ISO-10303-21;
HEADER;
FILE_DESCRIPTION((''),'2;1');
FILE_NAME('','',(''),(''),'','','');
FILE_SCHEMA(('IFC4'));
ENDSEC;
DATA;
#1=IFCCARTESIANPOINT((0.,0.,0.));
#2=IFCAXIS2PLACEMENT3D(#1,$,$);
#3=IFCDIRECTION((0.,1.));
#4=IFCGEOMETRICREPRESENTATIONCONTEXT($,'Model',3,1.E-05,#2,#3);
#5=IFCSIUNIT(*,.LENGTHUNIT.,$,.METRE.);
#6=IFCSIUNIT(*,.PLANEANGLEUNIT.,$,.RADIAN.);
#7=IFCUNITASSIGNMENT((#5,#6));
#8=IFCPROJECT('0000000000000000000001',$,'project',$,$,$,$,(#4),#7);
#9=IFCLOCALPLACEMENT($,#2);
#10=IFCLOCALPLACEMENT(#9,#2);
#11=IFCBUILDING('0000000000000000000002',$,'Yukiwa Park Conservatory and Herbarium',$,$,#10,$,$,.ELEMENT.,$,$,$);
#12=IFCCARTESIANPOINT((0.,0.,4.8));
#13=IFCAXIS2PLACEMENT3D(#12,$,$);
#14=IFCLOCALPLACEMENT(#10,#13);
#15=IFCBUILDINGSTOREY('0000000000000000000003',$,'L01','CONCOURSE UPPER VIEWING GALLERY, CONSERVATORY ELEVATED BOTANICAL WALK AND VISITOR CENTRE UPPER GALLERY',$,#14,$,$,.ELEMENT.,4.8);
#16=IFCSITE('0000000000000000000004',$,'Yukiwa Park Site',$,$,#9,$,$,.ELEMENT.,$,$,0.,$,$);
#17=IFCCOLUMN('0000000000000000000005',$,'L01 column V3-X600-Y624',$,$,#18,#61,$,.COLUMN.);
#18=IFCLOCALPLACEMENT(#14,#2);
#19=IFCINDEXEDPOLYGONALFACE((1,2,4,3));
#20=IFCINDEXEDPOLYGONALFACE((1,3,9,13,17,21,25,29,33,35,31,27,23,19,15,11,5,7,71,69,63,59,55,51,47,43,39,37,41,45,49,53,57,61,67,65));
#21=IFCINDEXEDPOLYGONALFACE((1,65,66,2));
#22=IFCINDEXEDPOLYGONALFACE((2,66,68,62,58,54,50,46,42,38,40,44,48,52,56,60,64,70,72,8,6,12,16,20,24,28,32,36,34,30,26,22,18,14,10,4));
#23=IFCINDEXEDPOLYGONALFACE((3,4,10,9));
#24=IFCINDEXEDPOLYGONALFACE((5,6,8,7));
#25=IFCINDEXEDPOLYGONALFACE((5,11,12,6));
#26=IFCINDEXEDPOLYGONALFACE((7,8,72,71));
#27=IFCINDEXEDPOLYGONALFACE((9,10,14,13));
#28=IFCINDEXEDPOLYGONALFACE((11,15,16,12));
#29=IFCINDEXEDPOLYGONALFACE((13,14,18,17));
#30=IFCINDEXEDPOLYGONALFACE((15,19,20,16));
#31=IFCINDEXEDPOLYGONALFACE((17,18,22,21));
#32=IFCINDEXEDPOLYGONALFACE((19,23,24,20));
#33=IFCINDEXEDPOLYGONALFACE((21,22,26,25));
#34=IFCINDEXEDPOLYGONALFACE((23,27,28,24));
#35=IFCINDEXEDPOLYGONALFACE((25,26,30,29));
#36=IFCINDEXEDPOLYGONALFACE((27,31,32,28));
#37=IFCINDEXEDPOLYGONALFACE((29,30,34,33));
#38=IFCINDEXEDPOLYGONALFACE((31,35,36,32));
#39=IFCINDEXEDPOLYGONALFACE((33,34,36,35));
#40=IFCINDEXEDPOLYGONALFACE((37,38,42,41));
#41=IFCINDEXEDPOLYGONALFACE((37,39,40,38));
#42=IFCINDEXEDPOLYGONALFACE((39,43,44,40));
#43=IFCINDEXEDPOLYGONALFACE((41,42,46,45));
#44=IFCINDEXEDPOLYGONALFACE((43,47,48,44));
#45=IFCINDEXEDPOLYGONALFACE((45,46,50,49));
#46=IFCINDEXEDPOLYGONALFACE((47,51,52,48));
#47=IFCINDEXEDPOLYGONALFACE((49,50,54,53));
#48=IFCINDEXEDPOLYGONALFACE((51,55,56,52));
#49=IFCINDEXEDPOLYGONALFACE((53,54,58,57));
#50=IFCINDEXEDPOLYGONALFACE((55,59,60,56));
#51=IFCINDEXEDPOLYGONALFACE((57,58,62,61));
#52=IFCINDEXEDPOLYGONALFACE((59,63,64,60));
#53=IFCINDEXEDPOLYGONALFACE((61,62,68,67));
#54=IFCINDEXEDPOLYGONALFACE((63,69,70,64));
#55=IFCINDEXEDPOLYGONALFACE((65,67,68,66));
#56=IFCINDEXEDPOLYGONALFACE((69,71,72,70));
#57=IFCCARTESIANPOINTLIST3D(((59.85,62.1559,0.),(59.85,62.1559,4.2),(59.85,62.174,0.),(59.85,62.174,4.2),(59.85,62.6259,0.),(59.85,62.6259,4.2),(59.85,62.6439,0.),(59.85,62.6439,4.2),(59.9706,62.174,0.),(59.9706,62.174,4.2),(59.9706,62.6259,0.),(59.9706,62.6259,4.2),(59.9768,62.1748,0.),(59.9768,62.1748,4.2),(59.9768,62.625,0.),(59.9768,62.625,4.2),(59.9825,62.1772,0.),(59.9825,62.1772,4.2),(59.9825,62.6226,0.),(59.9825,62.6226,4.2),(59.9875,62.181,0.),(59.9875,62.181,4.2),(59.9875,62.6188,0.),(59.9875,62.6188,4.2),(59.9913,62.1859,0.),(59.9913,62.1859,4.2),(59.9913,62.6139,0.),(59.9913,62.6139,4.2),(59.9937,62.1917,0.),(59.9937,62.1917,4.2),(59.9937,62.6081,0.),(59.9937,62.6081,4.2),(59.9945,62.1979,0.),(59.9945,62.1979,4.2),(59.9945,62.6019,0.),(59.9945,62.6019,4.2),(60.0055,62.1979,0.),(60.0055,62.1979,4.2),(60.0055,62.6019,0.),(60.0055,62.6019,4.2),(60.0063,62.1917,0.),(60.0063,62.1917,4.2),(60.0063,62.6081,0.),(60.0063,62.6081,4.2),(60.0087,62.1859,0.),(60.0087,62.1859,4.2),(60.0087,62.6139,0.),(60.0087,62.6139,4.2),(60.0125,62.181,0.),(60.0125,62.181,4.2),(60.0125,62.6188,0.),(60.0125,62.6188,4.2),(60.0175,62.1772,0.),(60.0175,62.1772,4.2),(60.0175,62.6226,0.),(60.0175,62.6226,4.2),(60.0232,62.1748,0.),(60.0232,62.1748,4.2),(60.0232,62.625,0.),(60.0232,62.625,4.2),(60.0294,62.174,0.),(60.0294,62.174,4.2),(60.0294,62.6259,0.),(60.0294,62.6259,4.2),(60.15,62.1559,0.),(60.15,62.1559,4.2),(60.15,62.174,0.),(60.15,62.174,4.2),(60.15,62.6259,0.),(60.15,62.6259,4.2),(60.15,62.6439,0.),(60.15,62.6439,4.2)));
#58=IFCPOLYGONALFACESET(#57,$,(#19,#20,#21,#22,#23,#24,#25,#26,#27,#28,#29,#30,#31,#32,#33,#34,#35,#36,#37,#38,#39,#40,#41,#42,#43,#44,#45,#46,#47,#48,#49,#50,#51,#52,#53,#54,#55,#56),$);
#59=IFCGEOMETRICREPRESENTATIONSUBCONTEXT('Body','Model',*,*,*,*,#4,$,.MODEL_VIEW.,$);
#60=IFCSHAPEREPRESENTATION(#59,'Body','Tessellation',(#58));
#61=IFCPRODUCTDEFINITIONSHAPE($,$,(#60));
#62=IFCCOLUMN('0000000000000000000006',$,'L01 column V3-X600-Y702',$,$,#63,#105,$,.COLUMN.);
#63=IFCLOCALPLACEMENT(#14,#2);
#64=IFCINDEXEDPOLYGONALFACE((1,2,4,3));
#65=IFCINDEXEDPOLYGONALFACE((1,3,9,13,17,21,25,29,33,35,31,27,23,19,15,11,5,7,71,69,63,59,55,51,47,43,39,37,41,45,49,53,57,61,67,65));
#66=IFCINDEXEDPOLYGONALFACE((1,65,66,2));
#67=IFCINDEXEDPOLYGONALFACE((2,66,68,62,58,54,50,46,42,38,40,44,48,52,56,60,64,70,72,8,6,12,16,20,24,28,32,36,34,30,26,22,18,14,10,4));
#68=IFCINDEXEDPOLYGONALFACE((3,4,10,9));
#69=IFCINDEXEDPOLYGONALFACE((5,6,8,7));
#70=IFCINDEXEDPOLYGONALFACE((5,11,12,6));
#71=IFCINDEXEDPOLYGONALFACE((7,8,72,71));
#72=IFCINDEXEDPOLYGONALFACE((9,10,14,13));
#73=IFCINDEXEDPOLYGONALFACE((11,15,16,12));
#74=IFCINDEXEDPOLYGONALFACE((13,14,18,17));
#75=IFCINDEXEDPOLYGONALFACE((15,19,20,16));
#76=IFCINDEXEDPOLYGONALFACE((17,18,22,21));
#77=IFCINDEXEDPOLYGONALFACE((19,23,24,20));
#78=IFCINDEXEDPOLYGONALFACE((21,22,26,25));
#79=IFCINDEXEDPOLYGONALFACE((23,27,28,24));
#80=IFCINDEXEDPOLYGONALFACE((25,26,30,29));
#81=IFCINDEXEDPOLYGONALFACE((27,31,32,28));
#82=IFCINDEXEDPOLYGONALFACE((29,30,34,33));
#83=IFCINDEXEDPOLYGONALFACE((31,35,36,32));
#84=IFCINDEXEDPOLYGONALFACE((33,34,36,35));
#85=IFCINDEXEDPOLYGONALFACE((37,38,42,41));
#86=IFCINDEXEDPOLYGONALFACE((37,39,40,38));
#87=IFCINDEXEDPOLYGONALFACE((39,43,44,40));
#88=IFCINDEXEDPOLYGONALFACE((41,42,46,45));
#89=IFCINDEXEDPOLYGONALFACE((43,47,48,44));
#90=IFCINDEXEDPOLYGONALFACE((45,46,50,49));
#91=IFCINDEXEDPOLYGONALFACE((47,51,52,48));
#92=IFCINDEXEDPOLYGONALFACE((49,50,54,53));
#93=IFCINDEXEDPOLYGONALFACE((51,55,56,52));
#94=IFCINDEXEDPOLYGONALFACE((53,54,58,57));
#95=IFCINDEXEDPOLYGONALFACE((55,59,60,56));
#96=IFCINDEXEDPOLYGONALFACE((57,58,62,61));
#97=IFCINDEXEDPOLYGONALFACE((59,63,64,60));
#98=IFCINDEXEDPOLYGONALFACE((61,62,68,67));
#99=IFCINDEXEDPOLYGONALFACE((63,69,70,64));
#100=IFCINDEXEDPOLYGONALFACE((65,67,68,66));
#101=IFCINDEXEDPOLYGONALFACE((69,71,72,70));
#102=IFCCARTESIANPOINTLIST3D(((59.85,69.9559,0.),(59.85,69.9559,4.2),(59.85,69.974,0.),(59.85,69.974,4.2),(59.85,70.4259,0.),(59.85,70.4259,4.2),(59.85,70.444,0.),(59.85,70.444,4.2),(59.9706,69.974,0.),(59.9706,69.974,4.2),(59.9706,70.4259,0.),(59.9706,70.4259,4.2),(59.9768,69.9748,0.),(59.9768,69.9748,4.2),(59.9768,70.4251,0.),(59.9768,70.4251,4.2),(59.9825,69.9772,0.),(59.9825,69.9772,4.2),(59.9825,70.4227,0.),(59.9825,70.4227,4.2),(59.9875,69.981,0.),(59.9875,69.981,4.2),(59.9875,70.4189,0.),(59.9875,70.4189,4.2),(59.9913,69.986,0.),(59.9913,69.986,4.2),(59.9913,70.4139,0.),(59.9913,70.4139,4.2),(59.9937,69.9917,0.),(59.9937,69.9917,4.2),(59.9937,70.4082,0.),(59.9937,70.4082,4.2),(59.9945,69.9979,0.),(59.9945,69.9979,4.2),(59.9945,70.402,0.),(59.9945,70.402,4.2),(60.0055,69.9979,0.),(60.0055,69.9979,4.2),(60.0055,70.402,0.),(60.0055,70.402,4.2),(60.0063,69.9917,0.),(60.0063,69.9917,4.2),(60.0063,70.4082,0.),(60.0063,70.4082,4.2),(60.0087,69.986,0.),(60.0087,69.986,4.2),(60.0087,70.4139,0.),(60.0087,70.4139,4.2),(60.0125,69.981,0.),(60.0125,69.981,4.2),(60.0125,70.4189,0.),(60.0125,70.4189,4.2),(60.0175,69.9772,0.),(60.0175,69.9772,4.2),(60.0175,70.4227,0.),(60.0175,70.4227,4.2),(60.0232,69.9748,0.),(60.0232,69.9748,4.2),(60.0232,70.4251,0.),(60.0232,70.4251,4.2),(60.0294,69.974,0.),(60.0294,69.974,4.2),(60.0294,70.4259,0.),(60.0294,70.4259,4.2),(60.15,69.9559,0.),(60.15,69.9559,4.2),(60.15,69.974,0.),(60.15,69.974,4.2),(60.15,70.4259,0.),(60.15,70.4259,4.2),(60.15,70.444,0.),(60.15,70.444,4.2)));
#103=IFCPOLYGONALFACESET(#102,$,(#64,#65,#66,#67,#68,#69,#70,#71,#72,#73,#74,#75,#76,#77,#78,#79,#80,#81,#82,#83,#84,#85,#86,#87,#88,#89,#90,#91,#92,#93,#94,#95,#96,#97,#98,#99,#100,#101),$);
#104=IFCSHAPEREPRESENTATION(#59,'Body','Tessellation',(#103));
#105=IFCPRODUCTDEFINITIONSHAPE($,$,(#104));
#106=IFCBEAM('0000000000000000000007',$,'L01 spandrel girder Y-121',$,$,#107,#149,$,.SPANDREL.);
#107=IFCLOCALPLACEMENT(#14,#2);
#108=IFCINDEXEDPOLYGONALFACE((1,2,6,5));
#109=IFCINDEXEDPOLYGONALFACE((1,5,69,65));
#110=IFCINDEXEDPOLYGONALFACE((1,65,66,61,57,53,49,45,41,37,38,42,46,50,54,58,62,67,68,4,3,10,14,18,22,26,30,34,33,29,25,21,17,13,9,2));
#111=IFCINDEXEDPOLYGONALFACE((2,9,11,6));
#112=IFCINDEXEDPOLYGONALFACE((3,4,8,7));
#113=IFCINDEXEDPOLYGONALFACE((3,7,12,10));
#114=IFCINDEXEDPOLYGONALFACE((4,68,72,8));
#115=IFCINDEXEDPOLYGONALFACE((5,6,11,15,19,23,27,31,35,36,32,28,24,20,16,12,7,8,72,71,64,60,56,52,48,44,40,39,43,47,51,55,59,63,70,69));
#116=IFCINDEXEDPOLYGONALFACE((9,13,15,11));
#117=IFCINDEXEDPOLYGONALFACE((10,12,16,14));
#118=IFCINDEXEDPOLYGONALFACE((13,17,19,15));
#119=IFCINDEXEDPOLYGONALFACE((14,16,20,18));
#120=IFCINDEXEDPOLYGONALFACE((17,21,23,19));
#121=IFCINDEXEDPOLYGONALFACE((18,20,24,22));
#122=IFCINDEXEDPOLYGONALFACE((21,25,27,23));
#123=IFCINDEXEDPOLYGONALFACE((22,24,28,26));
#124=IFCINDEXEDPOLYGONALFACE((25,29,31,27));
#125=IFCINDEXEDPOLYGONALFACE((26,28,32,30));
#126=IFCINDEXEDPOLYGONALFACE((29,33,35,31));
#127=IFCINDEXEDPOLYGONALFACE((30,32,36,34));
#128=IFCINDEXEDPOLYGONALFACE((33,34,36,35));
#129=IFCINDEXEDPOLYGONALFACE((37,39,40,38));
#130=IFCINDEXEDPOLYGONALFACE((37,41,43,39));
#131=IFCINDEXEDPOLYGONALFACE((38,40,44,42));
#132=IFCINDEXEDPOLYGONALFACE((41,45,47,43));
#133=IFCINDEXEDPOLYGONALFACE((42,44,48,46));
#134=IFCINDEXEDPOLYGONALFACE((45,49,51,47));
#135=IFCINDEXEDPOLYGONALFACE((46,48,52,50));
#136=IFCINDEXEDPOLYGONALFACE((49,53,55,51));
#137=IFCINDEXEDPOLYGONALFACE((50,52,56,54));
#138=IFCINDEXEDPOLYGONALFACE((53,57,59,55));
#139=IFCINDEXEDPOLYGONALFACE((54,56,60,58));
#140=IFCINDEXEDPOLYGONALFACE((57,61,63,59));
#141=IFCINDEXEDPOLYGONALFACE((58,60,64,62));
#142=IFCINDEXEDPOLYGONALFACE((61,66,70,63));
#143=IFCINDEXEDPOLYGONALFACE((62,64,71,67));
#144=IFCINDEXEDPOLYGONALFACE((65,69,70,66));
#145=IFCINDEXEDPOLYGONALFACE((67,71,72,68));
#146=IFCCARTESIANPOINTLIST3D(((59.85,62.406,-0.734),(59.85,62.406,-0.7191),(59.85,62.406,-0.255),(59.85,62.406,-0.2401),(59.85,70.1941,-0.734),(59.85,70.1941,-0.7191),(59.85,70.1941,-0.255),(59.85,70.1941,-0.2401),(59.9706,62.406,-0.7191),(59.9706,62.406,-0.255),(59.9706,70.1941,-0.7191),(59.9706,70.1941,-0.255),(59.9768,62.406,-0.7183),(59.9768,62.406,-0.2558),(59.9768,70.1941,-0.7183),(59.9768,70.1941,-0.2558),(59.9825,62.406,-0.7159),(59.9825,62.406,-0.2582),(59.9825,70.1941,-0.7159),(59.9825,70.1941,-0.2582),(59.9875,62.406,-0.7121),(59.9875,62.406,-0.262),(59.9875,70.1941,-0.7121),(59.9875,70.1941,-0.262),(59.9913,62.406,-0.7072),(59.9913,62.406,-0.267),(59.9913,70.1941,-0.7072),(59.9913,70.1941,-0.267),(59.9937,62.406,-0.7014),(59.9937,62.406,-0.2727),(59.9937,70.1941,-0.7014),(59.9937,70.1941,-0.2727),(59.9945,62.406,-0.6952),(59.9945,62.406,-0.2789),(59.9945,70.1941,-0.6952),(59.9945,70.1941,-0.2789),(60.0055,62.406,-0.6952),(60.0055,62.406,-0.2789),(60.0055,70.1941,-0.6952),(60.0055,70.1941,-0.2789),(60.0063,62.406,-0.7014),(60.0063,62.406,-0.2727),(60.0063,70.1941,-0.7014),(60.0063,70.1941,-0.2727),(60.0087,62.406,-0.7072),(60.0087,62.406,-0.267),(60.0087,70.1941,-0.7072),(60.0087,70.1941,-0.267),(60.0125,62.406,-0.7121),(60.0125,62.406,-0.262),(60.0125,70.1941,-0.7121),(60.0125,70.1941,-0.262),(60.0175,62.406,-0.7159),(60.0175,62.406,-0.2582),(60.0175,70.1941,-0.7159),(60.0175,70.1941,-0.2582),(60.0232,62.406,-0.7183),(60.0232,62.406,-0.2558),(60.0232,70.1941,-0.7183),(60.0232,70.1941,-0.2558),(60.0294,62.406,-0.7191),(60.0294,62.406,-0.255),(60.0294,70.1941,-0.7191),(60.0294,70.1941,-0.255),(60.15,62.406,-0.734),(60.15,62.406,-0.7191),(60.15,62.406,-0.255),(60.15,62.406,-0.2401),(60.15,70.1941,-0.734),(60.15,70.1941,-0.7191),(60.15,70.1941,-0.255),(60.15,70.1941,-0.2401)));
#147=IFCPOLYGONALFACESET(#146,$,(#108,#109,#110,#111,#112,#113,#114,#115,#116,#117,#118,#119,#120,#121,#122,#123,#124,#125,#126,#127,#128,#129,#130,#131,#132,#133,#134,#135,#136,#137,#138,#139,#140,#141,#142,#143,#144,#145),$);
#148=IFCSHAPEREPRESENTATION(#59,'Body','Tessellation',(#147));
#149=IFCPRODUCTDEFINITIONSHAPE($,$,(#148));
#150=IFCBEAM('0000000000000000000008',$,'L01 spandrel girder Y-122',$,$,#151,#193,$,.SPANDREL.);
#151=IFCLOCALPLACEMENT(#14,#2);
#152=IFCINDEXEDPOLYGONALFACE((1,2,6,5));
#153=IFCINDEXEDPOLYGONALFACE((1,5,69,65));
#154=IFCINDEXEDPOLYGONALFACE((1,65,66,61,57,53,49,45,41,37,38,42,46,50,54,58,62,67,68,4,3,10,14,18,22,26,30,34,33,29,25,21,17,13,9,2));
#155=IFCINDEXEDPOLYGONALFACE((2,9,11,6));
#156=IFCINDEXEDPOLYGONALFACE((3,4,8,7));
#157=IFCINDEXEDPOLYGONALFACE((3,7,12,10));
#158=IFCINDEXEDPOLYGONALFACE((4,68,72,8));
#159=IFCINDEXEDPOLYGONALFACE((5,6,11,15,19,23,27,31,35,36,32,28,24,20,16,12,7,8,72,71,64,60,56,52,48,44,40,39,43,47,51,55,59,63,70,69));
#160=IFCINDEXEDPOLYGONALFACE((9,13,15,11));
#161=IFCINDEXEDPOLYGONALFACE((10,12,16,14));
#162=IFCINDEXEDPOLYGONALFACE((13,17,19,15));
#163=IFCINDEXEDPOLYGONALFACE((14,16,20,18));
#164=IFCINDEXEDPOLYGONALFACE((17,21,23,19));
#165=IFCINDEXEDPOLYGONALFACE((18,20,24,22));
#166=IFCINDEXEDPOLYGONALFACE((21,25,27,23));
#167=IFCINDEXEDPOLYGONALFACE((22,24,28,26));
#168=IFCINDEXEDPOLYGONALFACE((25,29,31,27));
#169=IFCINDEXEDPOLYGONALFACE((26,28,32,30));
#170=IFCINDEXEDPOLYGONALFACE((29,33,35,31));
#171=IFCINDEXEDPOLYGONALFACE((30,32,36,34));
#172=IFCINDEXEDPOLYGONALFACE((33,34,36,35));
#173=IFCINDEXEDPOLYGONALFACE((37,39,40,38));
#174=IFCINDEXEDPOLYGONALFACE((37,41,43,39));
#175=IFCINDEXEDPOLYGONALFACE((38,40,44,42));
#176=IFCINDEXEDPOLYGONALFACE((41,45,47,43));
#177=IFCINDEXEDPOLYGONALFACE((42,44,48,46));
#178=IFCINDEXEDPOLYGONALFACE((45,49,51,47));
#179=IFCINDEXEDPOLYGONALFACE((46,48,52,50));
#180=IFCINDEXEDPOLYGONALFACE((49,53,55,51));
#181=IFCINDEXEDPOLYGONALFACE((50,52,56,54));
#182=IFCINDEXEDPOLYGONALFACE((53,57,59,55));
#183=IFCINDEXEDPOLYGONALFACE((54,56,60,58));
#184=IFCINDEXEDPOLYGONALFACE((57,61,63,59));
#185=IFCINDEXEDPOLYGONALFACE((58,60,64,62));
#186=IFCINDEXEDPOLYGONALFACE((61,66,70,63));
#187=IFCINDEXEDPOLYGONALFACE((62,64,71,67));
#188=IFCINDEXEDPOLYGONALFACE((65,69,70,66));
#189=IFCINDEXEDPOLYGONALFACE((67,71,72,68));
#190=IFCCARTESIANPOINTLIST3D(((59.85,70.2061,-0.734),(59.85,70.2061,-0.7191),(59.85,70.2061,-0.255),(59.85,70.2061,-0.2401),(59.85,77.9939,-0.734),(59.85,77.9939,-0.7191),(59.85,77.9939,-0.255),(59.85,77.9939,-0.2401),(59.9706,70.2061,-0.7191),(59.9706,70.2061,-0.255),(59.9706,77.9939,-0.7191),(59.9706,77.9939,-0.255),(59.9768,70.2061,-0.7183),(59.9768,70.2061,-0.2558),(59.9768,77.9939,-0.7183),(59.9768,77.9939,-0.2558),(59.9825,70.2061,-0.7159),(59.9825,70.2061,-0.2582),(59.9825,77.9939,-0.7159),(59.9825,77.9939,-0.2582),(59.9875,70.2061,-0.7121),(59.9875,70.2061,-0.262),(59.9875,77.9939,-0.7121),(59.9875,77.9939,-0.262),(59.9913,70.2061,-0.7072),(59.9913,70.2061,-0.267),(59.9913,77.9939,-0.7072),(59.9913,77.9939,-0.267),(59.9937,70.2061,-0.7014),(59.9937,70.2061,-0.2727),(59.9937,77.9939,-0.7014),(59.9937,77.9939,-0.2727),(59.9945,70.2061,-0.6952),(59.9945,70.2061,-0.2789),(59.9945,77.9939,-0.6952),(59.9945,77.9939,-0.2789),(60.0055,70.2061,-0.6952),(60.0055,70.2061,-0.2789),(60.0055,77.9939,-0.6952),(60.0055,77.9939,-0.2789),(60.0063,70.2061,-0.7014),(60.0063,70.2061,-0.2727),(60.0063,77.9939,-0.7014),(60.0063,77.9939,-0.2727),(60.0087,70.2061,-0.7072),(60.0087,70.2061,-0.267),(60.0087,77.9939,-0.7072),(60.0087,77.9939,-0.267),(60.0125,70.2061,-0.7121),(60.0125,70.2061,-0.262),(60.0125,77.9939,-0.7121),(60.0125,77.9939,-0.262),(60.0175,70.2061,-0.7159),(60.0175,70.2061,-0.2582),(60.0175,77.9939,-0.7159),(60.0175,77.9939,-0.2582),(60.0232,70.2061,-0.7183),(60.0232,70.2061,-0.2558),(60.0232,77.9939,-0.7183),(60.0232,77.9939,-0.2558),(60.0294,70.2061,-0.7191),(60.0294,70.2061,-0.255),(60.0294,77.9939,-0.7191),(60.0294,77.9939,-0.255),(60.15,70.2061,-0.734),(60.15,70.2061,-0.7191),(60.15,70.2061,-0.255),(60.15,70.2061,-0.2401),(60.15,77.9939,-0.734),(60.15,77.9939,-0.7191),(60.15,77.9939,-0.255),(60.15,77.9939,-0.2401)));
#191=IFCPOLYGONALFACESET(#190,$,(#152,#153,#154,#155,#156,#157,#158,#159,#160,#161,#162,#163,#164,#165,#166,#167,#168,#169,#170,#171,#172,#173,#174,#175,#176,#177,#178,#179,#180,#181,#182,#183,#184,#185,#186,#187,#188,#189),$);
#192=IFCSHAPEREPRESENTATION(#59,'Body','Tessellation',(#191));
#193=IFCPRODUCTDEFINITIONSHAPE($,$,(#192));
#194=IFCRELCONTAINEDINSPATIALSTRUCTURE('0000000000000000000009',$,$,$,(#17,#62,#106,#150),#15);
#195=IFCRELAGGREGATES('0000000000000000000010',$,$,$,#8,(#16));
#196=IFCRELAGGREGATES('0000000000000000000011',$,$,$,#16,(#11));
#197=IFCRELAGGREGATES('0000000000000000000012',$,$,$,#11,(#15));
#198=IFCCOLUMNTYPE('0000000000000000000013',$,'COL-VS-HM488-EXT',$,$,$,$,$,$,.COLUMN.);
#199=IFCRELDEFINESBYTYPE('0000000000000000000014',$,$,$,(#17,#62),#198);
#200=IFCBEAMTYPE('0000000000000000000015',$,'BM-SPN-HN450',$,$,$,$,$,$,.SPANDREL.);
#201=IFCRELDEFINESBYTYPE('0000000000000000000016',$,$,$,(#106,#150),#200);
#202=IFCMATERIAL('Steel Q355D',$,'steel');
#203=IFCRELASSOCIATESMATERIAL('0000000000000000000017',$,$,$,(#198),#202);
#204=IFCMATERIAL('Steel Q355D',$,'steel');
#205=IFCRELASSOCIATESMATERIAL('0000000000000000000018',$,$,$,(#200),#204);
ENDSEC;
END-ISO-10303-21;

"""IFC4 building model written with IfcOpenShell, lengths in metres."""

from ifc_helpers import new_model, si_unit, direction, frame, origin, origin_2d, place, context, subcontext, project, spatial, i_section, extrude, material, material_profile, profile_set, type_object, element, save


model = new_model("IFC4")

# Units and contexts
model_context = context("Model", 3, precision=1e-05, world=origin(), true_north=direction((0.0, 1.0)))
body_context = subcontext(model_context, "Body", "Model", "MODEL_VIEW")
ifc_project = project(units=[si_unit("LENGTHUNIT", "METRE"), si_unit("PLANEANGLEUNIT", "RADIAN")], contexts=[model_context])

# Site, building, storey
site_placement = place(None, origin())
site = spatial("IfcSite", under=ifc_project, at=site_placement, Name="Yukiwa Park Site", CompositionType="ELEMENT", RefElevation=0.0)
building_placement = place(site_placement, origin())
building = spatial("IfcBuilding", under=site, at=building_placement, Name="Yukiwa Park Conservatory and Herbarium", CompositionType="ELEMENT")
storey_placement = place(building_placement, frame((0.0, 0.0, 4.8)))
storey = spatial("IfcBuildingStorey", under=building, at=storey_placement, Name="L01", Description="CONCOURSE UPPER VIEWING GALLERY, CONSERVATORY ELEVATED BOTANICAL WALK AND VISITOR CENTRE UPPER GALLERY", CompositionType="ELEMENT", Elevation=4.8)

# Columns
ifc_material_1 = material(Name="Steel Q355D", Category="steel")
ifc_material_profile_1 = material_profile(ifc_material_1, i_section(OverallWidth=0.3, OverallDepth=0.488, WebThickness=0.011, FlangeThickness=0.0181, FilletRadius=0.0239, at=origin_2d()), Name="HM 488x300x11x18")
ifc_profile_set_1 = profile_set([ifc_material_profile_1], Name="Steel Q355D")
column_type = type_object("IfcColumnType", Name="COL-VS-HM488-EXT", PredefinedType="COLUMN", material=ifc_profile_set_1)
for number, where, z_axis, x_axis, name in (
    (1, (60.0, 62.3999, 0.0), (0.0, 0.0, 1.0), (1.0, 0.0, 0.0), "L01 column V3-X600-Y624"),
    (2, (60.0, 70.2, 0.0), (0.0, 0.0, 1.0), (1.0, 0.0, 0.0), "L01 column V3-X600-Y702"),
):
    element("IfcColumn", number, at=place(storey_placement, frame(where, z_axis=z_axis, x_axis=x_axis)), inside=storey, type_object=column_type, Name=name, PredefinedType="COLUMN", context=body_context, shape_type="SweptSolid", body=[
        extrude(i_section(OverallWidth=0.3, OverallDepth=0.488, WebThickness=0.011, FlangeThickness=0.0181, FilletRadius=0.0239, at=origin_2d()), origin(), (0.0, 0.0, 1.0), 4.2),
    ])

# Beams
ifc_material_2 = material(Name="Steel Q355D", Category="steel")
ifc_material_profile_2 = material_profile(ifc_material_2, i_section(OverallWidth=0.3, OverallDepth=0.4939, WebThickness=0.011, FlangeThickness=0.0149, FilletRadius=0.0239, at=origin_2d()), Name="HM 494x300x11x15")
ifc_profile_set_2 = profile_set([ifc_material_profile_2], Name="Steel Q355D")
beam_type = type_object("IfcBeamType", Name="BM-SPN-HN450", PredefinedType="SPANDREL", material=ifc_profile_set_2)
beam_1_placement = place(storey_placement, frame((60.0, 62.406, -0.4871), z_axis=(0.0, 1.0, 0.0), x_axis=(-1.0, 0.0, 0.0)))
element("IfcBeam", 3, at=beam_1_placement, inside=storey, type_object=beam_type, Name="L01 spandrel girder Y-121", PredefinedType="SPANDREL", context=body_context, shape_type="SweptSolid", body=[
    extrude(i_section(OverallWidth=0.3, OverallDepth=0.4939, WebThickness=0.011, FlangeThickness=0.0149, FilletRadius=0.0239, at=origin_2d()), origin(), (0.0, 0.0, 1.0), 7.7881),
])
beam_2_placement = place(storey_placement, frame((60.0, 70.2061, -0.4871), z_axis=(0.0, 1.0, 0.0), x_axis=(-1.0, 0.0, 0.0)))
element("IfcBeam", 4, at=beam_2_placement, inside=storey, type_object=beam_type, Name="L01 spandrel girder Y-122", PredefinedType="SPANDREL", context=body_context, shape_type="SweptSolid", body=[
    extrude(i_section(OverallWidth=0.3, OverallDepth=0.4939, WebThickness=0.011, FlangeThickness=0.0149, FilletRadius=0.0239, at=origin_2d()), origin(), (0.0, 0.0, 1.0), 7.7878),
])

save(model, "model.ifc")
